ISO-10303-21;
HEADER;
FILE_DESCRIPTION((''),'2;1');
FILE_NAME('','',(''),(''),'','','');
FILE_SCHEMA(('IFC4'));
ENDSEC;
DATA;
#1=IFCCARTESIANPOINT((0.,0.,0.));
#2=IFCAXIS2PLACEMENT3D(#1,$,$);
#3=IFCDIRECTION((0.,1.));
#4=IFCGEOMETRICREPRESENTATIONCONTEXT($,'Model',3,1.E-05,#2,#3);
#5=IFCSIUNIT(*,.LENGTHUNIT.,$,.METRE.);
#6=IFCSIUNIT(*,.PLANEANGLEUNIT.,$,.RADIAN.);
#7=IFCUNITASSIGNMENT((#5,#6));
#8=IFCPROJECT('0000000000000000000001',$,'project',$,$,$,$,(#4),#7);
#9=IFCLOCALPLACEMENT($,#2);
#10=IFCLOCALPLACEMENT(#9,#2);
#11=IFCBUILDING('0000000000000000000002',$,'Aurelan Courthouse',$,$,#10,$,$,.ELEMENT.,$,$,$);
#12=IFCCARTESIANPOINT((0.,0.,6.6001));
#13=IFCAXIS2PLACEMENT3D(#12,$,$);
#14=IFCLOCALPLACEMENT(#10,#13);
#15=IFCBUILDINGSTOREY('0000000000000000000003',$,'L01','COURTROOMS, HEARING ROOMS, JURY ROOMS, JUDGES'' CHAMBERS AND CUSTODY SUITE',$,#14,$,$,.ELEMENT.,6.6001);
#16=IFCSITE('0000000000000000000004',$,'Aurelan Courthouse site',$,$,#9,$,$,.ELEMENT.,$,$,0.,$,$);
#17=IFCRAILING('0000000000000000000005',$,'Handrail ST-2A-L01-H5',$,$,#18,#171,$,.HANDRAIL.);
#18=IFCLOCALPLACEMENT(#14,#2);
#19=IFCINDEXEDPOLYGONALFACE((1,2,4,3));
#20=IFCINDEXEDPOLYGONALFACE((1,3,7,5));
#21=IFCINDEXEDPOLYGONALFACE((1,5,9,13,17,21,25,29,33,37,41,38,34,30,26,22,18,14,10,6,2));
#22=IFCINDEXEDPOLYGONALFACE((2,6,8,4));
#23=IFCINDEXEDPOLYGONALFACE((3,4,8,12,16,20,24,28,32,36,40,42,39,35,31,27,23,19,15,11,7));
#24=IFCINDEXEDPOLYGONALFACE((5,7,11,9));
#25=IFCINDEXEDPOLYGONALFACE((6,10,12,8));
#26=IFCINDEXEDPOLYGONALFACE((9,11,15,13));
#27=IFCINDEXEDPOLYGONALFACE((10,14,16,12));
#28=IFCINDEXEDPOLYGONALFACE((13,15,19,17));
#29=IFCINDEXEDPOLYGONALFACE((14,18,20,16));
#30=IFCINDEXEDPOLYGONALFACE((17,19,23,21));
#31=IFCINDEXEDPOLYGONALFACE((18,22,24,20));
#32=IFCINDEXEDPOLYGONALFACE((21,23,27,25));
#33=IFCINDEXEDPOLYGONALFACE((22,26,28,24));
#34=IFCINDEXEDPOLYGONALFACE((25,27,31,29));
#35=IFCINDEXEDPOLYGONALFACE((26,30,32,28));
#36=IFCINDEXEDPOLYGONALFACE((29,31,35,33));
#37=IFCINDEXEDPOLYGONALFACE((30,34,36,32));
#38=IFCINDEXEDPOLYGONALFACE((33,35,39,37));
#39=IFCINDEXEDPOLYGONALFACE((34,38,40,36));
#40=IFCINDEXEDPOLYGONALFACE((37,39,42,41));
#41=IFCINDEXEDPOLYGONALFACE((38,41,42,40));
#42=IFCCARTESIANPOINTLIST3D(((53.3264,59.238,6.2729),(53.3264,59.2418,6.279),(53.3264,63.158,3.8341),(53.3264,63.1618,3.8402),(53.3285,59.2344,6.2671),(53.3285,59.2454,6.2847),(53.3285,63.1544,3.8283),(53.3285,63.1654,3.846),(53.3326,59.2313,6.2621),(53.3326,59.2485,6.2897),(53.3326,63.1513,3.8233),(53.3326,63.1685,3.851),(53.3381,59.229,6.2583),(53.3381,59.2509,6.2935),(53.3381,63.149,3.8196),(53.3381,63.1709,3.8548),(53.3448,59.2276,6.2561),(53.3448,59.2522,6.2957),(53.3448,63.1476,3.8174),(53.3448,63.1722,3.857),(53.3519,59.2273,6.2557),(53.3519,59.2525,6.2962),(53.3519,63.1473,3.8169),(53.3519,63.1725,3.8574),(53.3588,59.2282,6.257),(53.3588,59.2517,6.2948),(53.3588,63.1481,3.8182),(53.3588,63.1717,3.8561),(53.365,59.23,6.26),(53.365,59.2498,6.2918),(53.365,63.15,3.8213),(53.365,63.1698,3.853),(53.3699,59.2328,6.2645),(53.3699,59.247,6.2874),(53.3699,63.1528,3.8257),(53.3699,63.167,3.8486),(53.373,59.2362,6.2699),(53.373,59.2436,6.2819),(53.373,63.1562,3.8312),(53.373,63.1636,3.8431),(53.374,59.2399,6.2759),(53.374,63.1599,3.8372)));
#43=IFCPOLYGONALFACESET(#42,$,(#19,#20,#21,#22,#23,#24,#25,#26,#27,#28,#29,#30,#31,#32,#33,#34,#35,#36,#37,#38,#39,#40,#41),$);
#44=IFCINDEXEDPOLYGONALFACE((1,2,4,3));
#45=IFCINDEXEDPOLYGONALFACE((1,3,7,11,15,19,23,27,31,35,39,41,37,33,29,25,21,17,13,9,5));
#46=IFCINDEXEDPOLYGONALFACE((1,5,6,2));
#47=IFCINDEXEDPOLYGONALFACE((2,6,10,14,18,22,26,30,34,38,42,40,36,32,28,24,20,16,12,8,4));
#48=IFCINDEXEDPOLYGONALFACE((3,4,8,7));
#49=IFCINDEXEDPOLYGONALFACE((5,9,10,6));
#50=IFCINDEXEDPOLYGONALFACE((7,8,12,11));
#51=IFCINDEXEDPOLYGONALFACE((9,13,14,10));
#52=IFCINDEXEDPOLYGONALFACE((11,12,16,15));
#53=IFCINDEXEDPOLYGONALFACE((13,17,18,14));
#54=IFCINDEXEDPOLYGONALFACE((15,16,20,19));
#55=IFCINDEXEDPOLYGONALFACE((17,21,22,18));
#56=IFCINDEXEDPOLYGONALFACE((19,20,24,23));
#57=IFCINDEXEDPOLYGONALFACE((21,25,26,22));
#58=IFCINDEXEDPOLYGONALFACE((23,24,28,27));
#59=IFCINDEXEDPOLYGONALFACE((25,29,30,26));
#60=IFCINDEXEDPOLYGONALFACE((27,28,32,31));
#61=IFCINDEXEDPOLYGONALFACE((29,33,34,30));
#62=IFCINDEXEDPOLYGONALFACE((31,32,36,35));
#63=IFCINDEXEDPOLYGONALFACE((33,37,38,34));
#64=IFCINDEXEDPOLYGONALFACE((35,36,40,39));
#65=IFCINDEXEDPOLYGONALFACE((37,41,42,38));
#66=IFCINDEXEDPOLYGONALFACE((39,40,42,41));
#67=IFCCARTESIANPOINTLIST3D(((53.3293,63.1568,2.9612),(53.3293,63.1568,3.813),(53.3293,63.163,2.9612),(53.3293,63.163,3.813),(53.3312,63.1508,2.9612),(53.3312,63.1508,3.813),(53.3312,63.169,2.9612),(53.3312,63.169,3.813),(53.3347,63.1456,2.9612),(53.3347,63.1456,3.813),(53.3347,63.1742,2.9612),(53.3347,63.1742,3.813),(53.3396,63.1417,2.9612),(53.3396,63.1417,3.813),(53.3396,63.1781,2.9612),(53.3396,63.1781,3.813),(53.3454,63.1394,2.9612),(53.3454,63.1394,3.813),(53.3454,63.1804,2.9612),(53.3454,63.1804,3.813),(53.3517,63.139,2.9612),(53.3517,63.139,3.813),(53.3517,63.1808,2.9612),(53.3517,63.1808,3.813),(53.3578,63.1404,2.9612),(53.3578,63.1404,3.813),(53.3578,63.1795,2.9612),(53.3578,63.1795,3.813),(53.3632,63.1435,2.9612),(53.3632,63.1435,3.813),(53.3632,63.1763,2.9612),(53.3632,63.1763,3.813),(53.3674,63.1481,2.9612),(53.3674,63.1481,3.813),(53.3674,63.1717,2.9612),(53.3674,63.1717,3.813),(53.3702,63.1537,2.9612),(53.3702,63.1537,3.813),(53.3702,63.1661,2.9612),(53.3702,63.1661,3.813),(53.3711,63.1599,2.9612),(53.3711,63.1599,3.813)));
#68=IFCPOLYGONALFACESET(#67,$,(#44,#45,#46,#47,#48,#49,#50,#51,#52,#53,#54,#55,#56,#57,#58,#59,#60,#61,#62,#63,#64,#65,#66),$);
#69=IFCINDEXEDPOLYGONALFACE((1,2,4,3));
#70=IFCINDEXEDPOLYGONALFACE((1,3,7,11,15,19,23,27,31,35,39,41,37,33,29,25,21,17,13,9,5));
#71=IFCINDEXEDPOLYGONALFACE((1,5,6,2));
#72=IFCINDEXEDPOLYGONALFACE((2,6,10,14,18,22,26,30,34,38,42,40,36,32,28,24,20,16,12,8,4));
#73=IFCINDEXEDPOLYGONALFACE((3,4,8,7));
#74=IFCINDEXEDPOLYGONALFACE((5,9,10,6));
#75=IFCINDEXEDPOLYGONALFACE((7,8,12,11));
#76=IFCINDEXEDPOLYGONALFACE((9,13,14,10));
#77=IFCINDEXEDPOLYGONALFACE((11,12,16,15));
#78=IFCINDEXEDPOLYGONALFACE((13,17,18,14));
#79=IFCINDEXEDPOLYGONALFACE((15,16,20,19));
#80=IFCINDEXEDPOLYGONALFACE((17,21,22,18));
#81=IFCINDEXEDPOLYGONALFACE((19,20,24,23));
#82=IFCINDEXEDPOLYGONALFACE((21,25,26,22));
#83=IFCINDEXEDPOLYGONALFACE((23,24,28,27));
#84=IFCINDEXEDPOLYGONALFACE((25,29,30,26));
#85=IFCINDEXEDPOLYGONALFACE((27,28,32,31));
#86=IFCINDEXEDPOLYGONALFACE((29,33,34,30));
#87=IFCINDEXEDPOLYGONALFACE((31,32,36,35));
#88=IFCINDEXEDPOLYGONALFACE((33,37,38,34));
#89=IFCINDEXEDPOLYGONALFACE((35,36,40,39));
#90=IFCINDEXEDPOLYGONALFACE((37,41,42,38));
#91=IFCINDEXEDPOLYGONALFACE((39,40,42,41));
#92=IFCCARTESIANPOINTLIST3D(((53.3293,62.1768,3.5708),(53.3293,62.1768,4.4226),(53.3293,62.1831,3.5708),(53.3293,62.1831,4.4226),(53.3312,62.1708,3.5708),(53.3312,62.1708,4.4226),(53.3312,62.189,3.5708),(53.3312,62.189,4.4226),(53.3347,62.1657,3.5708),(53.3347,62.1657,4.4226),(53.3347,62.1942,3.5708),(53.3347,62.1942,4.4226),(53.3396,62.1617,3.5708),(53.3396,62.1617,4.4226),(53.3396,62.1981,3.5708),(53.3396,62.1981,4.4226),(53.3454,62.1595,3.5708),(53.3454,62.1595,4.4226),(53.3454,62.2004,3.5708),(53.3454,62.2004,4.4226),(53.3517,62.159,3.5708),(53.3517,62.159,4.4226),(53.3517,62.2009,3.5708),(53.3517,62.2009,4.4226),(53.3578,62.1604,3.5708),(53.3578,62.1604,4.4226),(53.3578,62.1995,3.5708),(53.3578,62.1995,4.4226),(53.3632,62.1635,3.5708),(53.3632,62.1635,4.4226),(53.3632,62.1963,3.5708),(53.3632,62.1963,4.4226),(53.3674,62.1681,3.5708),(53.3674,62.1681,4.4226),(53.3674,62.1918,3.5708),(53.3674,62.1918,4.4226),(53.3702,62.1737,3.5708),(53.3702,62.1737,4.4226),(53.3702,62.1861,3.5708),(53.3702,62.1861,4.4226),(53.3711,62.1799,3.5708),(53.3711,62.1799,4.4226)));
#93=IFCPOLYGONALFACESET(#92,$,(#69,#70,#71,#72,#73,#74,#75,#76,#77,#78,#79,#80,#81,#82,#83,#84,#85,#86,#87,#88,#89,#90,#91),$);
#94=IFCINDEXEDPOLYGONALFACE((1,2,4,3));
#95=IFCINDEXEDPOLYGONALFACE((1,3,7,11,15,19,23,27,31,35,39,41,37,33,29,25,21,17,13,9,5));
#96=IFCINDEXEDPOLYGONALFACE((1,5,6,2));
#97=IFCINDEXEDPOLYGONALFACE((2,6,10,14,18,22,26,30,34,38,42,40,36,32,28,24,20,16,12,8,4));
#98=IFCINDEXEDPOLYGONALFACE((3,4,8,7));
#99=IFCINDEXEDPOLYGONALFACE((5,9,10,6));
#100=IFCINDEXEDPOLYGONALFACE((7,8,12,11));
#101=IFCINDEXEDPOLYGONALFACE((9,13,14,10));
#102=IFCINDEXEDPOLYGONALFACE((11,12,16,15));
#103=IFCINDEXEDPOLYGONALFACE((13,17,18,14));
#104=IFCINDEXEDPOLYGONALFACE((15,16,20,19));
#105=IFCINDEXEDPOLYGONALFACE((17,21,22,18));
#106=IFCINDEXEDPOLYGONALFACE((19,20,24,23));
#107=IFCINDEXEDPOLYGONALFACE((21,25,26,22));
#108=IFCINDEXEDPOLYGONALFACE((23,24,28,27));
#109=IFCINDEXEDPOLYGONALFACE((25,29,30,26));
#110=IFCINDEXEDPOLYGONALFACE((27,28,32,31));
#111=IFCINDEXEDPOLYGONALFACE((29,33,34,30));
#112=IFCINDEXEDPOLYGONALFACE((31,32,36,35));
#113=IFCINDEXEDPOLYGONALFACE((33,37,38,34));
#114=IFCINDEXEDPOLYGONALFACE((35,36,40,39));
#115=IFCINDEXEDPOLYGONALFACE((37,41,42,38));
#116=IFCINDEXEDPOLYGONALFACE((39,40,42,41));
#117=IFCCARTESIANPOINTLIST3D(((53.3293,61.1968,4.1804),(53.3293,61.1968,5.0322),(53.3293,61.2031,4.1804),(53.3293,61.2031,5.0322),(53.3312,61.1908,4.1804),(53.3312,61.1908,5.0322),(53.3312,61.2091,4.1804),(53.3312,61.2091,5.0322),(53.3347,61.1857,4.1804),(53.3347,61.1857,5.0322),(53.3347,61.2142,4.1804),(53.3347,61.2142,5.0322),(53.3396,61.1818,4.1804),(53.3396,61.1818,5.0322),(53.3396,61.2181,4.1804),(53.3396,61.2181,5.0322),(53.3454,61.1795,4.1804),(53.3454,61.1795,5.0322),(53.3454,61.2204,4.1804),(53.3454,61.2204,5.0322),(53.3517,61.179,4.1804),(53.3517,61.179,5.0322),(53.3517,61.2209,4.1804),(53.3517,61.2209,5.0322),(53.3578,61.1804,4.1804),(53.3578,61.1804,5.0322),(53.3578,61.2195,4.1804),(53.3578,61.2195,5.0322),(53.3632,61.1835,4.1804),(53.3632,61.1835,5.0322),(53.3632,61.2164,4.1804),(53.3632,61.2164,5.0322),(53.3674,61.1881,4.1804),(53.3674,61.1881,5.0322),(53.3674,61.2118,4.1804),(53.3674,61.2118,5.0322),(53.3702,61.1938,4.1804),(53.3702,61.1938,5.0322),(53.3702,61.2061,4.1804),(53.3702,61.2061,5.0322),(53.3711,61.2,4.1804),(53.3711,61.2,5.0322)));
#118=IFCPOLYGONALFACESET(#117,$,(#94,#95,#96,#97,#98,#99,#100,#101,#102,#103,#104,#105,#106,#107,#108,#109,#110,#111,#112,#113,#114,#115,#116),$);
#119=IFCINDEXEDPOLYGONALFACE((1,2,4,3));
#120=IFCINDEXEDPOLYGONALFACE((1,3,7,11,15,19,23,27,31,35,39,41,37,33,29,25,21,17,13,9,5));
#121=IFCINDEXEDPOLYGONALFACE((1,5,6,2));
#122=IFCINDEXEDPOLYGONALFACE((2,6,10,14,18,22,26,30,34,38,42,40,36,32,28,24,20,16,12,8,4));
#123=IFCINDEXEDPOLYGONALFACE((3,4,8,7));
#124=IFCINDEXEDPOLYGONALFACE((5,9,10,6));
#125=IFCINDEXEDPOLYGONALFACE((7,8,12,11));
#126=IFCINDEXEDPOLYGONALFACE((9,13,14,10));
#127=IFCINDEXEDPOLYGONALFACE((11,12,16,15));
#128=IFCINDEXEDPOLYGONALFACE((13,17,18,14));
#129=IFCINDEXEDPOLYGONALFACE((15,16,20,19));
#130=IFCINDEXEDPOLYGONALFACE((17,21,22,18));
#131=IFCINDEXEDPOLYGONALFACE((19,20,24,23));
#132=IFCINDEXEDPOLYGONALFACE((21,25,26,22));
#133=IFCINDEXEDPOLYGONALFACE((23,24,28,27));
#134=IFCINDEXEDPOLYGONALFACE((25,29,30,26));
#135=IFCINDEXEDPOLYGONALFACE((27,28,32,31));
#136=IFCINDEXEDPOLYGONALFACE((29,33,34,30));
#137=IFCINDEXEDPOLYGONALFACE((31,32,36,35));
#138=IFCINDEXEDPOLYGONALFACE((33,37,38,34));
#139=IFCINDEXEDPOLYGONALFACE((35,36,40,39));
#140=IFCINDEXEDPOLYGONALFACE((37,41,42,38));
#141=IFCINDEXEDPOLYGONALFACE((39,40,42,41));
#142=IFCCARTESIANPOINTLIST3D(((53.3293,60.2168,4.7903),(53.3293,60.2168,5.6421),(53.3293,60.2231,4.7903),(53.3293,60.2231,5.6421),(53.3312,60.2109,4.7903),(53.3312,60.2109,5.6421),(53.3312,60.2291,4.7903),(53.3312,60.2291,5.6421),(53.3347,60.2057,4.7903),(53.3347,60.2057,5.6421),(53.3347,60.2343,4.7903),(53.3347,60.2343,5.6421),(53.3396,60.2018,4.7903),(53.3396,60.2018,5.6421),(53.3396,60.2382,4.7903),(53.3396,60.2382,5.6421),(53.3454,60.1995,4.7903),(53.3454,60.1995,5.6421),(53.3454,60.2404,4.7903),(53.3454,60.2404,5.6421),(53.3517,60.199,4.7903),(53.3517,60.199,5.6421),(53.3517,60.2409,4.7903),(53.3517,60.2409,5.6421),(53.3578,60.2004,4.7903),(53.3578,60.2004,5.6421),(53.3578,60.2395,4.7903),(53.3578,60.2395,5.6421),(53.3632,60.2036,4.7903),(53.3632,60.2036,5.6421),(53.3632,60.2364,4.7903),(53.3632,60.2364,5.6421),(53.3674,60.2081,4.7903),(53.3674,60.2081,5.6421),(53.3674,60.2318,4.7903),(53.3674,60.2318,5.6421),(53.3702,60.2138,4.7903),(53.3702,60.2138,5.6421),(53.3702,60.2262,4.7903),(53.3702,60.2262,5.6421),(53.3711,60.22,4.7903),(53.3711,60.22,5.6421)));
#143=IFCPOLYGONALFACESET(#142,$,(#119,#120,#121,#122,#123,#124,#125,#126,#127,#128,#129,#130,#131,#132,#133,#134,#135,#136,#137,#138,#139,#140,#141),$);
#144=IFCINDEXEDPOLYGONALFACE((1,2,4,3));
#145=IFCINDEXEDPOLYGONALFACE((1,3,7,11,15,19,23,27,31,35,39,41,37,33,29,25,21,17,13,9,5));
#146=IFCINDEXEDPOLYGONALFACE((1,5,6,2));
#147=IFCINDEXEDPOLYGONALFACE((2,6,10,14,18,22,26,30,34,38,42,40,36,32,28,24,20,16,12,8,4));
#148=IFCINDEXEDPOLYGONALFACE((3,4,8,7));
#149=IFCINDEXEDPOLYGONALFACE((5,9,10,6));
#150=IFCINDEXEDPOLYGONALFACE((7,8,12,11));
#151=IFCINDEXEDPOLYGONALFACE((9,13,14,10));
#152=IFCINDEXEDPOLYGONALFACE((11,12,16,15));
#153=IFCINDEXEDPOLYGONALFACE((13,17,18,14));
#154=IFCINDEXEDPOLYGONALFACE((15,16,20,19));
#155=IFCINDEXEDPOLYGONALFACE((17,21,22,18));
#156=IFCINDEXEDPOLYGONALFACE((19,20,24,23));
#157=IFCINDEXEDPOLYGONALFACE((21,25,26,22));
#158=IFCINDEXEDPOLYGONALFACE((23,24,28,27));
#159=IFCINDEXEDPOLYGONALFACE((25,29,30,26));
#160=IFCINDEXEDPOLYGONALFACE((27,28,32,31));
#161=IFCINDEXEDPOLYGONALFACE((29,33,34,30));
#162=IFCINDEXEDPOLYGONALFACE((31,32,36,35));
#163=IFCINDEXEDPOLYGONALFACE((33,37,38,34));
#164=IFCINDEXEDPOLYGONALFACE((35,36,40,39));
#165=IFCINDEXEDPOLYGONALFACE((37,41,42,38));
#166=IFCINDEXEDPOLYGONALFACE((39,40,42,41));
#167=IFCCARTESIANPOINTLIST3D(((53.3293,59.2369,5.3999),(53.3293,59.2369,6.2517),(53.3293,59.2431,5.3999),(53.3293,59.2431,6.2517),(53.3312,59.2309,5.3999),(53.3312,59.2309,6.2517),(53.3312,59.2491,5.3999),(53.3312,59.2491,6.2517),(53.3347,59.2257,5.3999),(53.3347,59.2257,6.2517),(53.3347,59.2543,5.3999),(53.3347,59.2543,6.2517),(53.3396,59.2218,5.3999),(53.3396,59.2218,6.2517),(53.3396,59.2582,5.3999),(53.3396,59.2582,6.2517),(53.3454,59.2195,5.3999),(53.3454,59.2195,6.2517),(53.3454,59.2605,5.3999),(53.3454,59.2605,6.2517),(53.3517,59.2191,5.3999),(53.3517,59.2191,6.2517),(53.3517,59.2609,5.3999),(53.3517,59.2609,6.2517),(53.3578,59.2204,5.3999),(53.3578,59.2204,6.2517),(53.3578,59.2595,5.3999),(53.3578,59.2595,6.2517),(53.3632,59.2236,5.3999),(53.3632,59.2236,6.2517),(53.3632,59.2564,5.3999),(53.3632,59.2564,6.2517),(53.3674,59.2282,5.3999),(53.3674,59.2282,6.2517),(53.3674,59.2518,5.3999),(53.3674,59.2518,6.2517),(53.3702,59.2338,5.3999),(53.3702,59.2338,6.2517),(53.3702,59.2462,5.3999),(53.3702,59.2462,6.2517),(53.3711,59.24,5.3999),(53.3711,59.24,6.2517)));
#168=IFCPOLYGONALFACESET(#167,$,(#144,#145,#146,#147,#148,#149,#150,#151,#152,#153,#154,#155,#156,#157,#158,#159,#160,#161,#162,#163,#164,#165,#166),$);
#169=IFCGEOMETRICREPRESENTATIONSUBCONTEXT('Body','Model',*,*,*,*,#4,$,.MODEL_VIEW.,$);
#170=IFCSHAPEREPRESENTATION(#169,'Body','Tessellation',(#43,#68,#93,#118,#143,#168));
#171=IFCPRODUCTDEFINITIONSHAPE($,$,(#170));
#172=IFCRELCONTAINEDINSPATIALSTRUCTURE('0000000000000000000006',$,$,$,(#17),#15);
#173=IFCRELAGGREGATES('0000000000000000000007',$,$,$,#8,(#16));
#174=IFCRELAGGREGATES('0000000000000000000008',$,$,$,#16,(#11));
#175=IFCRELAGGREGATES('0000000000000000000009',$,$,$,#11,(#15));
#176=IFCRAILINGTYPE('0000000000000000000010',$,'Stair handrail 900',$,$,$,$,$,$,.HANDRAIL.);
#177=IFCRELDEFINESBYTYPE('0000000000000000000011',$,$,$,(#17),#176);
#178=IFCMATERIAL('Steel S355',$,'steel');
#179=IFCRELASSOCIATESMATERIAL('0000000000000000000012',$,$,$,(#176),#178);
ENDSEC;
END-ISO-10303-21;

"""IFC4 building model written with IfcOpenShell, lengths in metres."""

from ifc_helpers import new_model, si_unit, direction, frame, origin, origin_2d, place, context, subcontext, project, spatial, circle, extrude, material, type_object, element, save


model = new_model("IFC4")

# Units and contexts
model_context = context("Model", 3, precision=1e-05, world=origin(), true_north=direction((0.0, 1.0)))
body_context = subcontext(model_context, "Body", "Model", "MODEL_VIEW")
ifc_project = project(units=[si_unit("LENGTHUNIT", "METRE"), si_unit("PLANEANGLEUNIT", "RADIAN")], contexts=[model_context])

# Site, building, storey
site_placement = place(None, origin())
site = spatial("IfcSite", under=ifc_project, at=site_placement, Name="Aurelan Courthouse site", CompositionType="ELEMENT", RefElevation=0.0)
building_placement = place(site_placement, origin())
building = spatial("IfcBuilding", under=site, at=building_placement, Name="Aurelan Courthouse", CompositionType="ELEMENT")
storey_placement = place(building_placement, frame((0.0, 0.0, 6.6001)))
storey = spatial("IfcBuildingStorey", under=building, at=storey_placement, Name="L01", Description="COURTROOMS, HEARING ROOMS, JURY ROOMS, JUDGES' CHAMBERS AND CUSTODY SUITE", CompositionType="ELEMENT", Elevation=6.6001)

# Railing
ifc_material_1 = material(Name="Steel S355", Category="steel")
railing_type_1 = type_object("IfcRailingType", Name="Stair handrail 900", PredefinedType="HANDRAIL", material=ifc_material_1)
for number, where, name in (
    (1, (53.3501, 63.1599, 2.9612), "Handrail ST-2A-L01-H5"),
):
    element("IfcRailing", number, at=place(storey_placement, frame(where)), inside=storey, type_object=railing_type_1, Name=name, PredefinedType="HANDRAIL", context=body_context, shape_type="SweptSolid", body=[
        extrude(circle(Radius=0.0239, at=origin_2d()), frame((0.0, 0.0, 0.876), z_axis=(0.0, -0.84909, 0.528249), x_axis=(1.0, 0.0, 0.0)), (0.0, 0.0, 1.0), 4.6167),
        extrude(circle(Radius=0.021, at=origin_2d()), origin(), (0.0, 0.0, 1.0), 0.8518),
        extrude(circle(Radius=0.021, at=origin_2d()), frame((0.0, -0.98, 0.6096)), (0.0, 0.0, 1.0), 0.8518),
        extrude(circle(Radius=0.021, at=origin_2d()), frame((0.0, -1.96, 1.2192)), (0.0, 0.0, 1.0), 0.8518),
        extrude(circle(Radius=0.021, at=origin_2d()), frame((0.0, -2.9399, 1.8291)), (0.0, 0.0, 1.0), 0.8518),
        extrude(circle(Radius=0.021, at=origin_2d()), frame((0.0, -3.9199, 2.4387)), (0.0, 0.0, 1.0), 0.8518),
    ])

save(model, "model.ifc")
